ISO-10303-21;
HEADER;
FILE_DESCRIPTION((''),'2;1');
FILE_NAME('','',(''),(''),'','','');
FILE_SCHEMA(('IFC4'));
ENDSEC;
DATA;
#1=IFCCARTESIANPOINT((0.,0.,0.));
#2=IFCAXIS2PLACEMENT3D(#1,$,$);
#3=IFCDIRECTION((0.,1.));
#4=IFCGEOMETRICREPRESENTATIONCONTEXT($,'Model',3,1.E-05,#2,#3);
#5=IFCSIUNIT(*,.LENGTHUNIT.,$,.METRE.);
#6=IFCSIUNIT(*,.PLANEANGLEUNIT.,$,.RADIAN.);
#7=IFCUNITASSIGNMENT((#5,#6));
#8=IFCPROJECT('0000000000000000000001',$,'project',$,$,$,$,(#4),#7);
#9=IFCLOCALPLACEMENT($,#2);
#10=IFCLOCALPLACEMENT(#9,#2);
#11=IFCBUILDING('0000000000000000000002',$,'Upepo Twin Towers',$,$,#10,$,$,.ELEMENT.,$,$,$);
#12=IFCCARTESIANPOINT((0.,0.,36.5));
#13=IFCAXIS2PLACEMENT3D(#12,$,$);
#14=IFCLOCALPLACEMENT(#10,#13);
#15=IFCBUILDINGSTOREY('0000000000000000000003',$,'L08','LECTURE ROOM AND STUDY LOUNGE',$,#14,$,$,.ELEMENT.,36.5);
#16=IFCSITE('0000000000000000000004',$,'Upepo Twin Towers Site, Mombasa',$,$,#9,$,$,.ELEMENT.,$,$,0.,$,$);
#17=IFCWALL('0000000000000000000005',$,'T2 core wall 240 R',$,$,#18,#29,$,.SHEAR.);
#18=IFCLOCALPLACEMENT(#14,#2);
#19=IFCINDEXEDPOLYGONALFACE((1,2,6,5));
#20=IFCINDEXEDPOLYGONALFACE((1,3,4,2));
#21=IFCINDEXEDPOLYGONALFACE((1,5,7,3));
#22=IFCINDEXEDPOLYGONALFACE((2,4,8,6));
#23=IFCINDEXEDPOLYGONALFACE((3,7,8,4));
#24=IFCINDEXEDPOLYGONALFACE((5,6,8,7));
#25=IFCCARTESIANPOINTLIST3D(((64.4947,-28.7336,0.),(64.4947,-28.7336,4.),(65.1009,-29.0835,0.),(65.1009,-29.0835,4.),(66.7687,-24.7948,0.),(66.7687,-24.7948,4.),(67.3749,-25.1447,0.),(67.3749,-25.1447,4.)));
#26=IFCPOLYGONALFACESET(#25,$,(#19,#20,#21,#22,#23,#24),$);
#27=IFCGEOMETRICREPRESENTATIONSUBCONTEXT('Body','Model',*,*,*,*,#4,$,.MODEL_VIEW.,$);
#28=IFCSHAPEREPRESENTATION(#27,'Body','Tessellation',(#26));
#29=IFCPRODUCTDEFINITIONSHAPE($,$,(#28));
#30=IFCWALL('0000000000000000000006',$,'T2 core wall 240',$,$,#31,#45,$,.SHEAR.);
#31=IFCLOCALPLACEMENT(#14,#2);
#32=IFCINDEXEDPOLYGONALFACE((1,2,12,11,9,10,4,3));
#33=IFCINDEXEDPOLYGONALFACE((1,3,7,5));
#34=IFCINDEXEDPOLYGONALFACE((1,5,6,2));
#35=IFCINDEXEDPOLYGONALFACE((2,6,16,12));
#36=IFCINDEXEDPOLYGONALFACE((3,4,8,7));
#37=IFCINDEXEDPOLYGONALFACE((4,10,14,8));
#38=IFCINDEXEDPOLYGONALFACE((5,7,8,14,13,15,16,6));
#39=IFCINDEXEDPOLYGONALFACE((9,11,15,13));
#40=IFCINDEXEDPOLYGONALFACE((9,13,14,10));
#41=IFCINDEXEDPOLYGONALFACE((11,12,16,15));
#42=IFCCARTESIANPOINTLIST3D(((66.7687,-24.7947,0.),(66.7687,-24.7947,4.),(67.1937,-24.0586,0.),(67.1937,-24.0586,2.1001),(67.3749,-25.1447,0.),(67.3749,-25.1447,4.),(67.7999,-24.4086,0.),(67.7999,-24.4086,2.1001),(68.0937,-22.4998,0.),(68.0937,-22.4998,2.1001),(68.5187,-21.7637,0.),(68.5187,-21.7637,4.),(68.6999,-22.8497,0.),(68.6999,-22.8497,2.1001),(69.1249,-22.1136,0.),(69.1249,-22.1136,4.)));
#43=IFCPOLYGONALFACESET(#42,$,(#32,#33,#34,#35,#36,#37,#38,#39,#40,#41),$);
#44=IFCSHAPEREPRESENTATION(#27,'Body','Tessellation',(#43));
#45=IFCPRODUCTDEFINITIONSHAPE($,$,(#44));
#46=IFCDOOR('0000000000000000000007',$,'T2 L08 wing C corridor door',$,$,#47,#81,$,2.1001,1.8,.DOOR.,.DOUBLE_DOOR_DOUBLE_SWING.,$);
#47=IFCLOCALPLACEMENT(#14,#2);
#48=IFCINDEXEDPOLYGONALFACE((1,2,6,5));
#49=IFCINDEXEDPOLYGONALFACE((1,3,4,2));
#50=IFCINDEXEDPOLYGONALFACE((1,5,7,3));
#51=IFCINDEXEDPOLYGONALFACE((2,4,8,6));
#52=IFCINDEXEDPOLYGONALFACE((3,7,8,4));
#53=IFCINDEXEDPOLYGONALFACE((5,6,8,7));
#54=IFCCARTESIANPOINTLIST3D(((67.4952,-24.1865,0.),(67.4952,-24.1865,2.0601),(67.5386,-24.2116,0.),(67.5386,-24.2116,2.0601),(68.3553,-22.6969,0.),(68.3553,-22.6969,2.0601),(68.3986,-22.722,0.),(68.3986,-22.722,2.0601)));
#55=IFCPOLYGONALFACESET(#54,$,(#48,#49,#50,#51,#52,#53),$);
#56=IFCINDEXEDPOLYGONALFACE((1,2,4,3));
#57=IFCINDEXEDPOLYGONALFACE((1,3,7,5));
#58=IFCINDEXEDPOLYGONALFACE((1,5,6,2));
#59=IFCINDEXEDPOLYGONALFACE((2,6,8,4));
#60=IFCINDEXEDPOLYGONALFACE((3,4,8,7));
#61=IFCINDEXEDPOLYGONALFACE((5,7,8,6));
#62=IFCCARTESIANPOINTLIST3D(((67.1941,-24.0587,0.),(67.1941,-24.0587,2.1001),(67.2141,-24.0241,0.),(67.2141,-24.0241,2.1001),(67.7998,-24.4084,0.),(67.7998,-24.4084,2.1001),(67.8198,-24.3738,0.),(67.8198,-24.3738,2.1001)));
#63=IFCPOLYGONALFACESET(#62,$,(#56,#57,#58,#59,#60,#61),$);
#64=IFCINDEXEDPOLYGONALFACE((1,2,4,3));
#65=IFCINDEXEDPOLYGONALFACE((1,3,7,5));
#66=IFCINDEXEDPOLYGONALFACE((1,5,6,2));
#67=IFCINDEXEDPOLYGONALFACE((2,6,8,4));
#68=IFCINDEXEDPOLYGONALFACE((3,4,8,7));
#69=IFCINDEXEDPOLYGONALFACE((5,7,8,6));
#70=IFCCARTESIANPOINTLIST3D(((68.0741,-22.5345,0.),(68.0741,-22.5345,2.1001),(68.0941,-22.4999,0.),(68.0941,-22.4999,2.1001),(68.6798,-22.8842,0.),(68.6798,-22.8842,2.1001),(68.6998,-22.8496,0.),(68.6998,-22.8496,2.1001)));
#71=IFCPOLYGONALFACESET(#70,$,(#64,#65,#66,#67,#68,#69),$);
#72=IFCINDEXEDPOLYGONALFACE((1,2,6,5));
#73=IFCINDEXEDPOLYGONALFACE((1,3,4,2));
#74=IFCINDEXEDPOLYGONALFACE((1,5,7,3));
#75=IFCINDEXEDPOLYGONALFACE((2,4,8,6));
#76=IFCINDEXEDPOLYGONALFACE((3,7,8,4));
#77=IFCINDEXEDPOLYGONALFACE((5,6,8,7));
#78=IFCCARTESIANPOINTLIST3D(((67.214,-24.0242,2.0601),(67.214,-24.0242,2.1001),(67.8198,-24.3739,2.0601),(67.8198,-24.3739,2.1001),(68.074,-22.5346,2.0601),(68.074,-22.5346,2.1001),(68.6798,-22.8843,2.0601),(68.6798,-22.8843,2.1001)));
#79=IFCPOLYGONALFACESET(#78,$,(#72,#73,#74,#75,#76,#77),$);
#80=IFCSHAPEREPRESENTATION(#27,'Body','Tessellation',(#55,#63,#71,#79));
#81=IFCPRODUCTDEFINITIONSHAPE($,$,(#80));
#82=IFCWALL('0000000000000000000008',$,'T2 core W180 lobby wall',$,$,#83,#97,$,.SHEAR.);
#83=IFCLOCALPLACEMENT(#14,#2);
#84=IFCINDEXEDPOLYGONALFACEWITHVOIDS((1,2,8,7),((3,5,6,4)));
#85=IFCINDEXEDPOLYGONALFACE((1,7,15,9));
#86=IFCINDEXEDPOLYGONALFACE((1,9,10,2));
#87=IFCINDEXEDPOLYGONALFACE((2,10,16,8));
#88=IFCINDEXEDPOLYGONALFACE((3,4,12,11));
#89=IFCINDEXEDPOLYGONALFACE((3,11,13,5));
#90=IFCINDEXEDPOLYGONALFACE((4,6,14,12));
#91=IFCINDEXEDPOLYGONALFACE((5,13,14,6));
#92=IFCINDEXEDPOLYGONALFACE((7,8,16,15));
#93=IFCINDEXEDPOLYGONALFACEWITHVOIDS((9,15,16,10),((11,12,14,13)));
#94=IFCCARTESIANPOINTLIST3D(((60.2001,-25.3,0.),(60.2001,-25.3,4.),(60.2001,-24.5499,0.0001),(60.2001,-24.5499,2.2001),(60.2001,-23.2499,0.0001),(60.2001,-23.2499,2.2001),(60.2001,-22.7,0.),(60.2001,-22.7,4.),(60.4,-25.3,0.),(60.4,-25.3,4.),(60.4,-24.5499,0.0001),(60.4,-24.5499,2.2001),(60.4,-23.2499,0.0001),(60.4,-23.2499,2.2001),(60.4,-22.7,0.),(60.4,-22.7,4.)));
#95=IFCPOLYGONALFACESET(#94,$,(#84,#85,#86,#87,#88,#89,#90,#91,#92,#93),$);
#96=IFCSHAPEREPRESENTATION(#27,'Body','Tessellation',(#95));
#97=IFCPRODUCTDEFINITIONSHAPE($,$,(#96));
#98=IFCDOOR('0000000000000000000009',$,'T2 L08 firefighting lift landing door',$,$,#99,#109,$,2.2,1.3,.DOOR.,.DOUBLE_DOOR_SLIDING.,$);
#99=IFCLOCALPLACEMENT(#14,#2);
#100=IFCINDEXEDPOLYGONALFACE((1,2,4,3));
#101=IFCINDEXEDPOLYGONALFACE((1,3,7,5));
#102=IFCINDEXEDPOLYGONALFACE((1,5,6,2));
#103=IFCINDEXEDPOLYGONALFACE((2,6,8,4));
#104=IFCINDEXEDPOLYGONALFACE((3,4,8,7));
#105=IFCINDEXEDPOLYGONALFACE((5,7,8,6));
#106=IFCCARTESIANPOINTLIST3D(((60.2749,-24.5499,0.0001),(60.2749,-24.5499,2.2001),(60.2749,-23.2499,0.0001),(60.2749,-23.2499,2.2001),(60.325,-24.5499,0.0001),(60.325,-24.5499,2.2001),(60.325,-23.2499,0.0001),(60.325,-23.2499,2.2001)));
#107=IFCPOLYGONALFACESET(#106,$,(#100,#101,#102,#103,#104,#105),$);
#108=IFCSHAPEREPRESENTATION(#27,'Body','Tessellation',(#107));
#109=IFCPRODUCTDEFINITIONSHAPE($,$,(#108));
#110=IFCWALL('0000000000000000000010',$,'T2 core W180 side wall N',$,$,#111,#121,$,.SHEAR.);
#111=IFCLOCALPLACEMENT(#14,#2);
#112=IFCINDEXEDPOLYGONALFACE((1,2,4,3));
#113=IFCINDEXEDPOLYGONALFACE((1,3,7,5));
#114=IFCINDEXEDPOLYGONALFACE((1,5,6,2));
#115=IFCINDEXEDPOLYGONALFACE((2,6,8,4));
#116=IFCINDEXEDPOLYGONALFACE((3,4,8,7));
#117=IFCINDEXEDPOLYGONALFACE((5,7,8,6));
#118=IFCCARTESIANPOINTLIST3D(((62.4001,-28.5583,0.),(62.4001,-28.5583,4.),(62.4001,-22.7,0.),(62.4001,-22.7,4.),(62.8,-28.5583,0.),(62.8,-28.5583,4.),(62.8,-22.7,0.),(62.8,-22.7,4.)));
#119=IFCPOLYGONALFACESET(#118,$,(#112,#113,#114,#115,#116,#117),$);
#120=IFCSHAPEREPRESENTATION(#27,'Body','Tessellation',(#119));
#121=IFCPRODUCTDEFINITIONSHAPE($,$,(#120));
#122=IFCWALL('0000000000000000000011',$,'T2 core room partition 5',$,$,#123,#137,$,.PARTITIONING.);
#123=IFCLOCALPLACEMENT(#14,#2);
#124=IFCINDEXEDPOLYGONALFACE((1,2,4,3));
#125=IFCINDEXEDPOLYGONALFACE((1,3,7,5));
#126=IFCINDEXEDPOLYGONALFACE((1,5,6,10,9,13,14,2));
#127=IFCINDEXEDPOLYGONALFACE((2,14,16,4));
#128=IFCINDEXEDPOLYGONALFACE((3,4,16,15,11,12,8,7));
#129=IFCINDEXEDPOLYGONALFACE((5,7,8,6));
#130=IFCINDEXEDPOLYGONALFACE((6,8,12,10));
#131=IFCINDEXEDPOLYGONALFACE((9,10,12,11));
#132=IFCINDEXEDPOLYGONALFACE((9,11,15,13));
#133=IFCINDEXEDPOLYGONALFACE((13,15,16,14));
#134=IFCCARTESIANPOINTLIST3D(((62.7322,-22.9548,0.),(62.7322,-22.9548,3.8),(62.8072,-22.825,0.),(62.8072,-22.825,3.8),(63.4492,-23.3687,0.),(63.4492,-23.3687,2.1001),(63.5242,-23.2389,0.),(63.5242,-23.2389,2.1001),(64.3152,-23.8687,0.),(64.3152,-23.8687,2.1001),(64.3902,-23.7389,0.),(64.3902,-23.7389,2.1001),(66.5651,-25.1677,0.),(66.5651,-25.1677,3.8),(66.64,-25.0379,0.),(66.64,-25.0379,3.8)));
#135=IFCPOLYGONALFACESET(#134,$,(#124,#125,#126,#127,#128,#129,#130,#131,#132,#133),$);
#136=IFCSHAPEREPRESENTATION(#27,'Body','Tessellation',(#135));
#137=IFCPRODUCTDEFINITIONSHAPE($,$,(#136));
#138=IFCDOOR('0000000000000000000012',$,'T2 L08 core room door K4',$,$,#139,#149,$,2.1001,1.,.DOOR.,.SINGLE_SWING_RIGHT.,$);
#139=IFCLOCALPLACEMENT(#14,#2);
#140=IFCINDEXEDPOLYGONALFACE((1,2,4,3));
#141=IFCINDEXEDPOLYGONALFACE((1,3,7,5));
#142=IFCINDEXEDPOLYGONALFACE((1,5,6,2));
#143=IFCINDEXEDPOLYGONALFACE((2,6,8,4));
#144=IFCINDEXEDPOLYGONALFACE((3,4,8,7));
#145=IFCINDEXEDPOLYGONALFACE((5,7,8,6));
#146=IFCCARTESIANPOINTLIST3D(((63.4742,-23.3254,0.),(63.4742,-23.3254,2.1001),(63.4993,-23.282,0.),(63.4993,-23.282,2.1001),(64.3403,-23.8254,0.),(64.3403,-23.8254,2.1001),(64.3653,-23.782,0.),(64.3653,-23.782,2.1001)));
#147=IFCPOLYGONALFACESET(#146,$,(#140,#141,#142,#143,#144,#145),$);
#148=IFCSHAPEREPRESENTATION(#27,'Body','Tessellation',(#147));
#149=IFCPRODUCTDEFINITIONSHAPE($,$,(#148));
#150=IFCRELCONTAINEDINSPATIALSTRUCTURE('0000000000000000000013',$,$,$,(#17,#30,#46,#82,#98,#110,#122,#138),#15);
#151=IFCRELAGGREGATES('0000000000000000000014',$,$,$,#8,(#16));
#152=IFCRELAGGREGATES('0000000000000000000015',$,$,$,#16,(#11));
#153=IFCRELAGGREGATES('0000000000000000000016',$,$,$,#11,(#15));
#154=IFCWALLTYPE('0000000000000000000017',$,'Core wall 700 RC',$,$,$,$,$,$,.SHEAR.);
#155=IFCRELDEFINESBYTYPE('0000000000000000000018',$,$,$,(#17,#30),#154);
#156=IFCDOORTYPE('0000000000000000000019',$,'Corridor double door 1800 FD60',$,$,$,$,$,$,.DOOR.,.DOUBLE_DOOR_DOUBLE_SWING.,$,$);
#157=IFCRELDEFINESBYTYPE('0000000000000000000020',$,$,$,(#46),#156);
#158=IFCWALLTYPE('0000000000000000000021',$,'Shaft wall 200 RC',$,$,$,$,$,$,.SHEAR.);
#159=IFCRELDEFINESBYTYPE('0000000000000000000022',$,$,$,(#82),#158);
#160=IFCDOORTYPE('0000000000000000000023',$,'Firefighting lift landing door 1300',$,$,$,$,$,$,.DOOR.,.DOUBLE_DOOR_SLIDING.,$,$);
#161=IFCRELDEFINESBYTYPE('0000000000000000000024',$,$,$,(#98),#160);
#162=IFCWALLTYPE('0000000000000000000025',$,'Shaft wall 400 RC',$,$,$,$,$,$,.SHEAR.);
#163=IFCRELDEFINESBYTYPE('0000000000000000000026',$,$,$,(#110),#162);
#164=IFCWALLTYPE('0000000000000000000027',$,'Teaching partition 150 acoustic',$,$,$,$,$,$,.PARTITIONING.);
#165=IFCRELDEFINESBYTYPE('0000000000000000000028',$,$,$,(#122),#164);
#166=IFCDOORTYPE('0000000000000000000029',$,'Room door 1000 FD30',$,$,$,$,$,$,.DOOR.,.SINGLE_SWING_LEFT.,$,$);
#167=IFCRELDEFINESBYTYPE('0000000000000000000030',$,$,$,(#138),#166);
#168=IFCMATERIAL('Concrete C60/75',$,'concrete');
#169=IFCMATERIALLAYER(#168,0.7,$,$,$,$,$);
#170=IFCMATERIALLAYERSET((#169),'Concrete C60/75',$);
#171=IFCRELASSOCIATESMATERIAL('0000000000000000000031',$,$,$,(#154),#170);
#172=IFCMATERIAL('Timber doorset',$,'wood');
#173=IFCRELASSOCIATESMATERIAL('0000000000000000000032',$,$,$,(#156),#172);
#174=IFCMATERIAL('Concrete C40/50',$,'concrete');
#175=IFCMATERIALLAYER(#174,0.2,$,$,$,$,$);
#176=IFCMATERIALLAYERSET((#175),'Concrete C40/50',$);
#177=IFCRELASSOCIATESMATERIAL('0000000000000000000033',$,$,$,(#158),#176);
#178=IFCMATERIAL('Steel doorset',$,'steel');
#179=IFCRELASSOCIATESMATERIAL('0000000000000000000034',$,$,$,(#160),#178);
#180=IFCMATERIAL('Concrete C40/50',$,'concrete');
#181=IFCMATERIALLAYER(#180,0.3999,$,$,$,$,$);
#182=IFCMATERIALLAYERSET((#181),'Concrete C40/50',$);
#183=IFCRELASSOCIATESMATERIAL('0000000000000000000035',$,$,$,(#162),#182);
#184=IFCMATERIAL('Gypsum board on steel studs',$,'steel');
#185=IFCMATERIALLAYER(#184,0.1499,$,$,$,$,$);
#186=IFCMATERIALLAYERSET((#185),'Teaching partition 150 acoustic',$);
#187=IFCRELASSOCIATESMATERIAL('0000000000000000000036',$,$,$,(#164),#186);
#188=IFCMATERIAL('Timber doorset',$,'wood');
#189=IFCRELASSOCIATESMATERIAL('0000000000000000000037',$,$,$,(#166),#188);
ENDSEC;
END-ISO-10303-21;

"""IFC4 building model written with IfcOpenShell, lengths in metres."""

from ifc_helpers import new_model, si_unit, direction, frame, frame_2d, origin, place, context, subcontext, project, spatial, rectangle, extrude, material, layer, layer_set, type_object, element, fill, save


model = new_model("IFC4")

# Units and contexts
model_context = context("Model", 3, precision=1e-05, world=origin(), true_north=direction((0.0, 1.0)))
body_context = subcontext(model_context, "Body", "Model", "MODEL_VIEW")
ifc_project = project(units=[si_unit("LENGTHUNIT", "METRE"), si_unit("PLANEANGLEUNIT", "RADIAN")], contexts=[model_context])

# Site, building, storey
site_placement = place(None, origin())
site = spatial("IfcSite", under=ifc_project, at=site_placement, Name="Upepo Twin Towers Site, Mombasa", CompositionType="ELEMENT", RefElevation=0.0)
building_placement = place(site_placement, origin())
building = spatial("IfcBuilding", under=site, at=building_placement, Name="Upepo Twin Towers", CompositionType="ELEMENT")
storey_placement = place(building_placement, frame((0.0, 0.0, 36.5)))
storey = spatial("IfcBuildingStorey", under=building, at=storey_placement, Name="L08", Description="LECTURE ROOM AND STUDY LOUNGE", CompositionType="ELEMENT", Elevation=36.5)

# Wall
ifc_material_1 = material(Name="Concrete C60/75", Category="concrete")
ifc_layer_1 = layer(ifc_material_1, 0.7)
ifc_layer_set_1 = layer_set([ifc_layer_1], Name="Concrete C60/75")
wall_type_1 = type_object("IfcWallType", Name="Core wall 700 RC", PredefinedType="SHEAR", material=ifc_layer_set_1)
wall_1_placement = place(storey_placement, frame((64.7979, -28.9084, 0.0), z_axis=(0.0, 0.0, 1.0), x_axis=(0.499984, 0.866035, 0.0)))
element("IfcWall", 1, at=wall_1_placement, inside=storey, type_object=wall_type_1, Name="T2 core wall 240 R", PredefinedType="SHEAR", context=body_context, shape_type="SweptSolid", body=[
    extrude(rectangle(XDim=4.5481, YDim=0.7, at=frame_2d((2.2739, 0.0))), origin(), (0.0, 0.0, 1.0), 4.0),
])

# Walls, openings, doors
wall_2_placement = place(storey_placement, frame((67.0718, -24.9697, 0.0), z_axis=(0.0, 0.0, 1.0), x_axis=(0.50001, 0.866019, 0.0)))
wall_2 = element("IfcWall", 2, at=wall_2_placement, inside=storey, type_object=wall_type_1, Name="T2 core wall 240", PredefinedType="SHEAR", context=body_context, shape_type="SweptSolid", body=[
    extrude(rectangle(XDim=3.5, YDim=0.7, at=frame_2d((1.75, 0.0))), origin(), (0.0, 0.0, 1.0), 4.0),
])
opening_1_placement = place(wall_2_placement, frame((0.8501, 0.0, 0.0)))
opening_1 = element("IfcOpeningElement", 3, at=opening_1_placement, cuts=wall_2, PredefinedType="OPENING", context=body_context, shape_type="SweptSolid", body=[
    extrude(rectangle(XDim=1.8, YDim=2.1001, at=frame_2d((0.8999, 1.05))), frame((0.0, 0.3599, 0.0), z_axis=(0.0, -1.0, 0.0), x_axis=(1.0, 0.0, 0.0)), (0.0, 0.0, 1.0), 0.72),
])
ifc_material_2 = material(Name="Timber doorset", Category="wood")
door_type_1 = type_object("IfcDoorType", Name="Corridor double door 1800 FD60", OperationType="DOUBLE_DOOR_DOUBLE_SWING", PredefinedType="DOOR", material=ifc_material_2)
door_1_placement = place(opening_1_placement, origin())
door_1 = element("IfcDoor", 4, at=door_1_placement, inside=storey, type_object=door_type_1, Name="T2 L08 wing C corridor door", OperationType="DOUBLE_DOOR_DOUBLE_SWING", OverallHeight=2.1001, OverallWidth=1.8, PredefinedType="DOOR", context=body_context, shape_type="SweptSolid", body=[
    extrude(rectangle(XDim=1.72, YDim=2.0601, at=frame_2d((0.8999, 1.03))), frame((0.0, 0.0249, 0.0), z_axis=(0.0, -1.0, 0.0), x_axis=(1.0, 0.0, 0.0)), (0.0, 0.0, 1.0), 0.05),
    extrude(rectangle(XDim=0.04, YDim=2.1001, at=frame_2d((0.02, 1.05))), frame((0.0, 0.3496, 0.0), z_axis=(0.0, -1.0, 0.0), x_axis=(1.0, 0.0, 0.0)), (0.0, 0.0, 1.0), 0.6995),
    extrude(rectangle(XDim=0.04, YDim=2.1001, at=frame_2d((1.78, 1.05))), frame((0.0, 0.3496, 0.0), z_axis=(0.0, -1.0, 0.0), x_axis=(1.0, 0.0, 0.0)), (0.0, 0.0, 1.0), 0.6995),
    extrude(rectangle(XDim=1.72, YDim=0.04, at=frame_2d((0.8999, 2.0801))), frame((0.0, 0.3496, 0.0), z_axis=(0.0, -1.0, 0.0), x_axis=(1.0, 0.0, 0.0)), (0.0, 0.0, 1.0), 0.6995),
])
fill(opening_1, door_1)
ifc_material_3 = material(Name="Concrete C40/50", Category="concrete")
ifc_layer_2 = layer(ifc_material_3, 0.2)
ifc_layer_set_2 = layer_set([ifc_layer_2], Name="Concrete C40/50")
wall_type_2 = type_object("IfcWallType", Name="Shaft wall 200 RC", PredefinedType="SHEAR", material=ifc_layer_set_2)
wall_3_placement = place(storey_placement, frame((60.3, -22.7, 0.0), z_axis=(0.0, 0.0, 1.0), x_axis=(0.0, -1.0, 0.0)))
wall_3 = element("IfcWall", 5, at=wall_3_placement, inside=storey, type_object=wall_type_2, Name="T2 core W180 lobby wall", PredefinedType="SHEAR", context=body_context, shape_type="SweptSolid", body=[
    extrude(rectangle(XDim=2.6001, YDim=0.2, at=frame_2d((1.3, 0.0))), origin(), (0.0, 0.0, 1.0), 4.0),
])
opening_2_placement = place(wall_3_placement, frame((0.55, 0.0, 0.0)))
opening_2 = element("IfcOpeningElement", 6, at=opening_2_placement, cuts=wall_3, PredefinedType="OPENING", context=body_context, shape_type="SweptSolid", body=[
    extrude(rectangle(XDim=1.3, YDim=2.2, at=frame_2d((0.6499, 1.1001))), frame((0.0, 0.1099, 0.0), z_axis=(0.0, -1.0, 0.0), x_axis=(1.0, 0.0, 0.0)), (0.0, 0.0, 1.0), 0.22),
])
ifc_material_4 = material(Name="Steel doorset", Category="steel")
door_type_2 = type_object("IfcDoorType", Name="Firefighting lift landing door 1300", OperationType="DOUBLE_DOOR_SLIDING", PredefinedType="DOOR", material=ifc_material_4)
door_2_placement = place(opening_2_placement, origin())
door_2 = element("IfcDoor", 7, at=door_2_placement, inside=storey, type_object=door_type_2, Name="T2 L08 firefighting lift landing door", OperationType="DOUBLE_DOOR_SLIDING", OverallHeight=2.2, OverallWidth=1.3, PredefinedType="DOOR", context=body_context, shape_type="SweptSolid", body=[
    extrude(rectangle(XDim=1.3, YDim=2.2, at=frame_2d((0.6499, 1.1001))), frame((0.0, 0.0249, 0.0), z_axis=(0.0, -1.0, 0.0), x_axis=(1.0, 0.0, 0.0)), (0.0, 0.0, 1.0), 0.05),
])
fill(opening_2, door_2)

# Wall
ifc_material_5 = material(Name="Concrete C40/50", Category="concrete")
ifc_layer_3 = layer(ifc_material_5, 0.3999)
ifc_layer_set_3 = layer_set([ifc_layer_3], Name="Concrete C40/50")
wall_type_3 = type_object("IfcWallType", Name="Shaft wall 400 RC", PredefinedType="SHEAR", material=ifc_layer_set_3)
wall_4_placement = place(storey_placement, frame((62.6001, -22.7, 0.0), z_axis=(0.0, 0.0, 1.0), x_axis=(0.0, -1.0, 0.0)))
element("IfcWall", 8, at=wall_4_placement, inside=storey, type_object=wall_type_3, Name="T2 core W180 side wall N", PredefinedType="SHEAR", context=body_context, shape_type="SweptSolid", body=[
    extrude(rectangle(XDim=5.8584, YDim=0.3999, at=frame_2d((2.9292, 0.0))), origin(), (0.0, 0.0, 1.0), 4.0),
])

# Wall, opening, door
ifc_material_6 = material(Name="Gypsum board on steel studs", Category="steel")
ifc_layer_4 = layer(ifc_material_6, 0.1499)
ifc_layer_set_4 = layer_set([ifc_layer_4], Name="Teaching partition 150 acoustic")
wall_type_4 = type_object("IfcWallType", Name="Teaching partition 150 acoustic", PredefinedType="PARTITIONING", material=ifc_layer_set_4)
wall_5_placement = place(storey_placement, frame((66.6025, -25.1028, 0.0), z_axis=(0.0, 0.0, 1.0), x_axis=(-0.866021, 0.500007, 0.0)))
wall_5 = element("IfcWall", 9, at=wall_5_placement, inside=storey, type_object=wall_type_4, Name="T2 core room partition 5", PredefinedType="PARTITIONING", context=body_context, shape_type="SweptSolid", body=[
    extrude(rectangle(XDim=4.4258, YDim=0.1499, at=frame_2d((2.2129, 0.0))), origin(), (0.0, 0.0, 1.0), 3.8),
])
opening_3_placement = place(wall_5_placement, frame((2.5979, 0.0, 0.0)))
opening_3 = element("IfcOpeningElement", 10, at=opening_3_placement, cuts=wall_5, PredefinedType="OPENING", context=body_context, shape_type="SweptSolid", body=[
    extrude(rectangle(XDim=1.0, YDim=2.1001, at=frame_2d((0.5, 1.05))), frame((0.0, 0.085, 0.0), z_axis=(0.0, -1.0, 0.0), x_axis=(1.0, 0.0, 0.0)), (0.0, 0.0, 1.0), 0.1699),
])
ifc_material_7 = material(Name="Timber doorset", Category="wood")
door_type_3 = type_object("IfcDoorType", Name="Room door 1000 FD30", OperationType="SINGLE_SWING_LEFT", PredefinedType="DOOR", material=ifc_material_7)
door_3_placement = place(opening_3_placement, origin())
door_3 = element("IfcDoor", 11, at=door_3_placement, inside=storey, type_object=door_type_3, Name="T2 L08 core room door K4", OperationType="SINGLE_SWING_RIGHT", OverallHeight=2.1001, OverallWidth=1.0, PredefinedType="DOOR", context=body_context, shape_type="SweptSolid", body=[
    extrude(rectangle(XDim=1.0, YDim=2.1001, at=frame_2d((0.5, 1.05))), frame((0.0, 0.0249, 0.0), z_axis=(0.0, -1.0, 0.0), x_axis=(1.0, 0.0, 0.0)), (0.0, 0.0, 1.0), 0.05),
])
fill(opening_3, door_3)

save(model, "model.ifc")
